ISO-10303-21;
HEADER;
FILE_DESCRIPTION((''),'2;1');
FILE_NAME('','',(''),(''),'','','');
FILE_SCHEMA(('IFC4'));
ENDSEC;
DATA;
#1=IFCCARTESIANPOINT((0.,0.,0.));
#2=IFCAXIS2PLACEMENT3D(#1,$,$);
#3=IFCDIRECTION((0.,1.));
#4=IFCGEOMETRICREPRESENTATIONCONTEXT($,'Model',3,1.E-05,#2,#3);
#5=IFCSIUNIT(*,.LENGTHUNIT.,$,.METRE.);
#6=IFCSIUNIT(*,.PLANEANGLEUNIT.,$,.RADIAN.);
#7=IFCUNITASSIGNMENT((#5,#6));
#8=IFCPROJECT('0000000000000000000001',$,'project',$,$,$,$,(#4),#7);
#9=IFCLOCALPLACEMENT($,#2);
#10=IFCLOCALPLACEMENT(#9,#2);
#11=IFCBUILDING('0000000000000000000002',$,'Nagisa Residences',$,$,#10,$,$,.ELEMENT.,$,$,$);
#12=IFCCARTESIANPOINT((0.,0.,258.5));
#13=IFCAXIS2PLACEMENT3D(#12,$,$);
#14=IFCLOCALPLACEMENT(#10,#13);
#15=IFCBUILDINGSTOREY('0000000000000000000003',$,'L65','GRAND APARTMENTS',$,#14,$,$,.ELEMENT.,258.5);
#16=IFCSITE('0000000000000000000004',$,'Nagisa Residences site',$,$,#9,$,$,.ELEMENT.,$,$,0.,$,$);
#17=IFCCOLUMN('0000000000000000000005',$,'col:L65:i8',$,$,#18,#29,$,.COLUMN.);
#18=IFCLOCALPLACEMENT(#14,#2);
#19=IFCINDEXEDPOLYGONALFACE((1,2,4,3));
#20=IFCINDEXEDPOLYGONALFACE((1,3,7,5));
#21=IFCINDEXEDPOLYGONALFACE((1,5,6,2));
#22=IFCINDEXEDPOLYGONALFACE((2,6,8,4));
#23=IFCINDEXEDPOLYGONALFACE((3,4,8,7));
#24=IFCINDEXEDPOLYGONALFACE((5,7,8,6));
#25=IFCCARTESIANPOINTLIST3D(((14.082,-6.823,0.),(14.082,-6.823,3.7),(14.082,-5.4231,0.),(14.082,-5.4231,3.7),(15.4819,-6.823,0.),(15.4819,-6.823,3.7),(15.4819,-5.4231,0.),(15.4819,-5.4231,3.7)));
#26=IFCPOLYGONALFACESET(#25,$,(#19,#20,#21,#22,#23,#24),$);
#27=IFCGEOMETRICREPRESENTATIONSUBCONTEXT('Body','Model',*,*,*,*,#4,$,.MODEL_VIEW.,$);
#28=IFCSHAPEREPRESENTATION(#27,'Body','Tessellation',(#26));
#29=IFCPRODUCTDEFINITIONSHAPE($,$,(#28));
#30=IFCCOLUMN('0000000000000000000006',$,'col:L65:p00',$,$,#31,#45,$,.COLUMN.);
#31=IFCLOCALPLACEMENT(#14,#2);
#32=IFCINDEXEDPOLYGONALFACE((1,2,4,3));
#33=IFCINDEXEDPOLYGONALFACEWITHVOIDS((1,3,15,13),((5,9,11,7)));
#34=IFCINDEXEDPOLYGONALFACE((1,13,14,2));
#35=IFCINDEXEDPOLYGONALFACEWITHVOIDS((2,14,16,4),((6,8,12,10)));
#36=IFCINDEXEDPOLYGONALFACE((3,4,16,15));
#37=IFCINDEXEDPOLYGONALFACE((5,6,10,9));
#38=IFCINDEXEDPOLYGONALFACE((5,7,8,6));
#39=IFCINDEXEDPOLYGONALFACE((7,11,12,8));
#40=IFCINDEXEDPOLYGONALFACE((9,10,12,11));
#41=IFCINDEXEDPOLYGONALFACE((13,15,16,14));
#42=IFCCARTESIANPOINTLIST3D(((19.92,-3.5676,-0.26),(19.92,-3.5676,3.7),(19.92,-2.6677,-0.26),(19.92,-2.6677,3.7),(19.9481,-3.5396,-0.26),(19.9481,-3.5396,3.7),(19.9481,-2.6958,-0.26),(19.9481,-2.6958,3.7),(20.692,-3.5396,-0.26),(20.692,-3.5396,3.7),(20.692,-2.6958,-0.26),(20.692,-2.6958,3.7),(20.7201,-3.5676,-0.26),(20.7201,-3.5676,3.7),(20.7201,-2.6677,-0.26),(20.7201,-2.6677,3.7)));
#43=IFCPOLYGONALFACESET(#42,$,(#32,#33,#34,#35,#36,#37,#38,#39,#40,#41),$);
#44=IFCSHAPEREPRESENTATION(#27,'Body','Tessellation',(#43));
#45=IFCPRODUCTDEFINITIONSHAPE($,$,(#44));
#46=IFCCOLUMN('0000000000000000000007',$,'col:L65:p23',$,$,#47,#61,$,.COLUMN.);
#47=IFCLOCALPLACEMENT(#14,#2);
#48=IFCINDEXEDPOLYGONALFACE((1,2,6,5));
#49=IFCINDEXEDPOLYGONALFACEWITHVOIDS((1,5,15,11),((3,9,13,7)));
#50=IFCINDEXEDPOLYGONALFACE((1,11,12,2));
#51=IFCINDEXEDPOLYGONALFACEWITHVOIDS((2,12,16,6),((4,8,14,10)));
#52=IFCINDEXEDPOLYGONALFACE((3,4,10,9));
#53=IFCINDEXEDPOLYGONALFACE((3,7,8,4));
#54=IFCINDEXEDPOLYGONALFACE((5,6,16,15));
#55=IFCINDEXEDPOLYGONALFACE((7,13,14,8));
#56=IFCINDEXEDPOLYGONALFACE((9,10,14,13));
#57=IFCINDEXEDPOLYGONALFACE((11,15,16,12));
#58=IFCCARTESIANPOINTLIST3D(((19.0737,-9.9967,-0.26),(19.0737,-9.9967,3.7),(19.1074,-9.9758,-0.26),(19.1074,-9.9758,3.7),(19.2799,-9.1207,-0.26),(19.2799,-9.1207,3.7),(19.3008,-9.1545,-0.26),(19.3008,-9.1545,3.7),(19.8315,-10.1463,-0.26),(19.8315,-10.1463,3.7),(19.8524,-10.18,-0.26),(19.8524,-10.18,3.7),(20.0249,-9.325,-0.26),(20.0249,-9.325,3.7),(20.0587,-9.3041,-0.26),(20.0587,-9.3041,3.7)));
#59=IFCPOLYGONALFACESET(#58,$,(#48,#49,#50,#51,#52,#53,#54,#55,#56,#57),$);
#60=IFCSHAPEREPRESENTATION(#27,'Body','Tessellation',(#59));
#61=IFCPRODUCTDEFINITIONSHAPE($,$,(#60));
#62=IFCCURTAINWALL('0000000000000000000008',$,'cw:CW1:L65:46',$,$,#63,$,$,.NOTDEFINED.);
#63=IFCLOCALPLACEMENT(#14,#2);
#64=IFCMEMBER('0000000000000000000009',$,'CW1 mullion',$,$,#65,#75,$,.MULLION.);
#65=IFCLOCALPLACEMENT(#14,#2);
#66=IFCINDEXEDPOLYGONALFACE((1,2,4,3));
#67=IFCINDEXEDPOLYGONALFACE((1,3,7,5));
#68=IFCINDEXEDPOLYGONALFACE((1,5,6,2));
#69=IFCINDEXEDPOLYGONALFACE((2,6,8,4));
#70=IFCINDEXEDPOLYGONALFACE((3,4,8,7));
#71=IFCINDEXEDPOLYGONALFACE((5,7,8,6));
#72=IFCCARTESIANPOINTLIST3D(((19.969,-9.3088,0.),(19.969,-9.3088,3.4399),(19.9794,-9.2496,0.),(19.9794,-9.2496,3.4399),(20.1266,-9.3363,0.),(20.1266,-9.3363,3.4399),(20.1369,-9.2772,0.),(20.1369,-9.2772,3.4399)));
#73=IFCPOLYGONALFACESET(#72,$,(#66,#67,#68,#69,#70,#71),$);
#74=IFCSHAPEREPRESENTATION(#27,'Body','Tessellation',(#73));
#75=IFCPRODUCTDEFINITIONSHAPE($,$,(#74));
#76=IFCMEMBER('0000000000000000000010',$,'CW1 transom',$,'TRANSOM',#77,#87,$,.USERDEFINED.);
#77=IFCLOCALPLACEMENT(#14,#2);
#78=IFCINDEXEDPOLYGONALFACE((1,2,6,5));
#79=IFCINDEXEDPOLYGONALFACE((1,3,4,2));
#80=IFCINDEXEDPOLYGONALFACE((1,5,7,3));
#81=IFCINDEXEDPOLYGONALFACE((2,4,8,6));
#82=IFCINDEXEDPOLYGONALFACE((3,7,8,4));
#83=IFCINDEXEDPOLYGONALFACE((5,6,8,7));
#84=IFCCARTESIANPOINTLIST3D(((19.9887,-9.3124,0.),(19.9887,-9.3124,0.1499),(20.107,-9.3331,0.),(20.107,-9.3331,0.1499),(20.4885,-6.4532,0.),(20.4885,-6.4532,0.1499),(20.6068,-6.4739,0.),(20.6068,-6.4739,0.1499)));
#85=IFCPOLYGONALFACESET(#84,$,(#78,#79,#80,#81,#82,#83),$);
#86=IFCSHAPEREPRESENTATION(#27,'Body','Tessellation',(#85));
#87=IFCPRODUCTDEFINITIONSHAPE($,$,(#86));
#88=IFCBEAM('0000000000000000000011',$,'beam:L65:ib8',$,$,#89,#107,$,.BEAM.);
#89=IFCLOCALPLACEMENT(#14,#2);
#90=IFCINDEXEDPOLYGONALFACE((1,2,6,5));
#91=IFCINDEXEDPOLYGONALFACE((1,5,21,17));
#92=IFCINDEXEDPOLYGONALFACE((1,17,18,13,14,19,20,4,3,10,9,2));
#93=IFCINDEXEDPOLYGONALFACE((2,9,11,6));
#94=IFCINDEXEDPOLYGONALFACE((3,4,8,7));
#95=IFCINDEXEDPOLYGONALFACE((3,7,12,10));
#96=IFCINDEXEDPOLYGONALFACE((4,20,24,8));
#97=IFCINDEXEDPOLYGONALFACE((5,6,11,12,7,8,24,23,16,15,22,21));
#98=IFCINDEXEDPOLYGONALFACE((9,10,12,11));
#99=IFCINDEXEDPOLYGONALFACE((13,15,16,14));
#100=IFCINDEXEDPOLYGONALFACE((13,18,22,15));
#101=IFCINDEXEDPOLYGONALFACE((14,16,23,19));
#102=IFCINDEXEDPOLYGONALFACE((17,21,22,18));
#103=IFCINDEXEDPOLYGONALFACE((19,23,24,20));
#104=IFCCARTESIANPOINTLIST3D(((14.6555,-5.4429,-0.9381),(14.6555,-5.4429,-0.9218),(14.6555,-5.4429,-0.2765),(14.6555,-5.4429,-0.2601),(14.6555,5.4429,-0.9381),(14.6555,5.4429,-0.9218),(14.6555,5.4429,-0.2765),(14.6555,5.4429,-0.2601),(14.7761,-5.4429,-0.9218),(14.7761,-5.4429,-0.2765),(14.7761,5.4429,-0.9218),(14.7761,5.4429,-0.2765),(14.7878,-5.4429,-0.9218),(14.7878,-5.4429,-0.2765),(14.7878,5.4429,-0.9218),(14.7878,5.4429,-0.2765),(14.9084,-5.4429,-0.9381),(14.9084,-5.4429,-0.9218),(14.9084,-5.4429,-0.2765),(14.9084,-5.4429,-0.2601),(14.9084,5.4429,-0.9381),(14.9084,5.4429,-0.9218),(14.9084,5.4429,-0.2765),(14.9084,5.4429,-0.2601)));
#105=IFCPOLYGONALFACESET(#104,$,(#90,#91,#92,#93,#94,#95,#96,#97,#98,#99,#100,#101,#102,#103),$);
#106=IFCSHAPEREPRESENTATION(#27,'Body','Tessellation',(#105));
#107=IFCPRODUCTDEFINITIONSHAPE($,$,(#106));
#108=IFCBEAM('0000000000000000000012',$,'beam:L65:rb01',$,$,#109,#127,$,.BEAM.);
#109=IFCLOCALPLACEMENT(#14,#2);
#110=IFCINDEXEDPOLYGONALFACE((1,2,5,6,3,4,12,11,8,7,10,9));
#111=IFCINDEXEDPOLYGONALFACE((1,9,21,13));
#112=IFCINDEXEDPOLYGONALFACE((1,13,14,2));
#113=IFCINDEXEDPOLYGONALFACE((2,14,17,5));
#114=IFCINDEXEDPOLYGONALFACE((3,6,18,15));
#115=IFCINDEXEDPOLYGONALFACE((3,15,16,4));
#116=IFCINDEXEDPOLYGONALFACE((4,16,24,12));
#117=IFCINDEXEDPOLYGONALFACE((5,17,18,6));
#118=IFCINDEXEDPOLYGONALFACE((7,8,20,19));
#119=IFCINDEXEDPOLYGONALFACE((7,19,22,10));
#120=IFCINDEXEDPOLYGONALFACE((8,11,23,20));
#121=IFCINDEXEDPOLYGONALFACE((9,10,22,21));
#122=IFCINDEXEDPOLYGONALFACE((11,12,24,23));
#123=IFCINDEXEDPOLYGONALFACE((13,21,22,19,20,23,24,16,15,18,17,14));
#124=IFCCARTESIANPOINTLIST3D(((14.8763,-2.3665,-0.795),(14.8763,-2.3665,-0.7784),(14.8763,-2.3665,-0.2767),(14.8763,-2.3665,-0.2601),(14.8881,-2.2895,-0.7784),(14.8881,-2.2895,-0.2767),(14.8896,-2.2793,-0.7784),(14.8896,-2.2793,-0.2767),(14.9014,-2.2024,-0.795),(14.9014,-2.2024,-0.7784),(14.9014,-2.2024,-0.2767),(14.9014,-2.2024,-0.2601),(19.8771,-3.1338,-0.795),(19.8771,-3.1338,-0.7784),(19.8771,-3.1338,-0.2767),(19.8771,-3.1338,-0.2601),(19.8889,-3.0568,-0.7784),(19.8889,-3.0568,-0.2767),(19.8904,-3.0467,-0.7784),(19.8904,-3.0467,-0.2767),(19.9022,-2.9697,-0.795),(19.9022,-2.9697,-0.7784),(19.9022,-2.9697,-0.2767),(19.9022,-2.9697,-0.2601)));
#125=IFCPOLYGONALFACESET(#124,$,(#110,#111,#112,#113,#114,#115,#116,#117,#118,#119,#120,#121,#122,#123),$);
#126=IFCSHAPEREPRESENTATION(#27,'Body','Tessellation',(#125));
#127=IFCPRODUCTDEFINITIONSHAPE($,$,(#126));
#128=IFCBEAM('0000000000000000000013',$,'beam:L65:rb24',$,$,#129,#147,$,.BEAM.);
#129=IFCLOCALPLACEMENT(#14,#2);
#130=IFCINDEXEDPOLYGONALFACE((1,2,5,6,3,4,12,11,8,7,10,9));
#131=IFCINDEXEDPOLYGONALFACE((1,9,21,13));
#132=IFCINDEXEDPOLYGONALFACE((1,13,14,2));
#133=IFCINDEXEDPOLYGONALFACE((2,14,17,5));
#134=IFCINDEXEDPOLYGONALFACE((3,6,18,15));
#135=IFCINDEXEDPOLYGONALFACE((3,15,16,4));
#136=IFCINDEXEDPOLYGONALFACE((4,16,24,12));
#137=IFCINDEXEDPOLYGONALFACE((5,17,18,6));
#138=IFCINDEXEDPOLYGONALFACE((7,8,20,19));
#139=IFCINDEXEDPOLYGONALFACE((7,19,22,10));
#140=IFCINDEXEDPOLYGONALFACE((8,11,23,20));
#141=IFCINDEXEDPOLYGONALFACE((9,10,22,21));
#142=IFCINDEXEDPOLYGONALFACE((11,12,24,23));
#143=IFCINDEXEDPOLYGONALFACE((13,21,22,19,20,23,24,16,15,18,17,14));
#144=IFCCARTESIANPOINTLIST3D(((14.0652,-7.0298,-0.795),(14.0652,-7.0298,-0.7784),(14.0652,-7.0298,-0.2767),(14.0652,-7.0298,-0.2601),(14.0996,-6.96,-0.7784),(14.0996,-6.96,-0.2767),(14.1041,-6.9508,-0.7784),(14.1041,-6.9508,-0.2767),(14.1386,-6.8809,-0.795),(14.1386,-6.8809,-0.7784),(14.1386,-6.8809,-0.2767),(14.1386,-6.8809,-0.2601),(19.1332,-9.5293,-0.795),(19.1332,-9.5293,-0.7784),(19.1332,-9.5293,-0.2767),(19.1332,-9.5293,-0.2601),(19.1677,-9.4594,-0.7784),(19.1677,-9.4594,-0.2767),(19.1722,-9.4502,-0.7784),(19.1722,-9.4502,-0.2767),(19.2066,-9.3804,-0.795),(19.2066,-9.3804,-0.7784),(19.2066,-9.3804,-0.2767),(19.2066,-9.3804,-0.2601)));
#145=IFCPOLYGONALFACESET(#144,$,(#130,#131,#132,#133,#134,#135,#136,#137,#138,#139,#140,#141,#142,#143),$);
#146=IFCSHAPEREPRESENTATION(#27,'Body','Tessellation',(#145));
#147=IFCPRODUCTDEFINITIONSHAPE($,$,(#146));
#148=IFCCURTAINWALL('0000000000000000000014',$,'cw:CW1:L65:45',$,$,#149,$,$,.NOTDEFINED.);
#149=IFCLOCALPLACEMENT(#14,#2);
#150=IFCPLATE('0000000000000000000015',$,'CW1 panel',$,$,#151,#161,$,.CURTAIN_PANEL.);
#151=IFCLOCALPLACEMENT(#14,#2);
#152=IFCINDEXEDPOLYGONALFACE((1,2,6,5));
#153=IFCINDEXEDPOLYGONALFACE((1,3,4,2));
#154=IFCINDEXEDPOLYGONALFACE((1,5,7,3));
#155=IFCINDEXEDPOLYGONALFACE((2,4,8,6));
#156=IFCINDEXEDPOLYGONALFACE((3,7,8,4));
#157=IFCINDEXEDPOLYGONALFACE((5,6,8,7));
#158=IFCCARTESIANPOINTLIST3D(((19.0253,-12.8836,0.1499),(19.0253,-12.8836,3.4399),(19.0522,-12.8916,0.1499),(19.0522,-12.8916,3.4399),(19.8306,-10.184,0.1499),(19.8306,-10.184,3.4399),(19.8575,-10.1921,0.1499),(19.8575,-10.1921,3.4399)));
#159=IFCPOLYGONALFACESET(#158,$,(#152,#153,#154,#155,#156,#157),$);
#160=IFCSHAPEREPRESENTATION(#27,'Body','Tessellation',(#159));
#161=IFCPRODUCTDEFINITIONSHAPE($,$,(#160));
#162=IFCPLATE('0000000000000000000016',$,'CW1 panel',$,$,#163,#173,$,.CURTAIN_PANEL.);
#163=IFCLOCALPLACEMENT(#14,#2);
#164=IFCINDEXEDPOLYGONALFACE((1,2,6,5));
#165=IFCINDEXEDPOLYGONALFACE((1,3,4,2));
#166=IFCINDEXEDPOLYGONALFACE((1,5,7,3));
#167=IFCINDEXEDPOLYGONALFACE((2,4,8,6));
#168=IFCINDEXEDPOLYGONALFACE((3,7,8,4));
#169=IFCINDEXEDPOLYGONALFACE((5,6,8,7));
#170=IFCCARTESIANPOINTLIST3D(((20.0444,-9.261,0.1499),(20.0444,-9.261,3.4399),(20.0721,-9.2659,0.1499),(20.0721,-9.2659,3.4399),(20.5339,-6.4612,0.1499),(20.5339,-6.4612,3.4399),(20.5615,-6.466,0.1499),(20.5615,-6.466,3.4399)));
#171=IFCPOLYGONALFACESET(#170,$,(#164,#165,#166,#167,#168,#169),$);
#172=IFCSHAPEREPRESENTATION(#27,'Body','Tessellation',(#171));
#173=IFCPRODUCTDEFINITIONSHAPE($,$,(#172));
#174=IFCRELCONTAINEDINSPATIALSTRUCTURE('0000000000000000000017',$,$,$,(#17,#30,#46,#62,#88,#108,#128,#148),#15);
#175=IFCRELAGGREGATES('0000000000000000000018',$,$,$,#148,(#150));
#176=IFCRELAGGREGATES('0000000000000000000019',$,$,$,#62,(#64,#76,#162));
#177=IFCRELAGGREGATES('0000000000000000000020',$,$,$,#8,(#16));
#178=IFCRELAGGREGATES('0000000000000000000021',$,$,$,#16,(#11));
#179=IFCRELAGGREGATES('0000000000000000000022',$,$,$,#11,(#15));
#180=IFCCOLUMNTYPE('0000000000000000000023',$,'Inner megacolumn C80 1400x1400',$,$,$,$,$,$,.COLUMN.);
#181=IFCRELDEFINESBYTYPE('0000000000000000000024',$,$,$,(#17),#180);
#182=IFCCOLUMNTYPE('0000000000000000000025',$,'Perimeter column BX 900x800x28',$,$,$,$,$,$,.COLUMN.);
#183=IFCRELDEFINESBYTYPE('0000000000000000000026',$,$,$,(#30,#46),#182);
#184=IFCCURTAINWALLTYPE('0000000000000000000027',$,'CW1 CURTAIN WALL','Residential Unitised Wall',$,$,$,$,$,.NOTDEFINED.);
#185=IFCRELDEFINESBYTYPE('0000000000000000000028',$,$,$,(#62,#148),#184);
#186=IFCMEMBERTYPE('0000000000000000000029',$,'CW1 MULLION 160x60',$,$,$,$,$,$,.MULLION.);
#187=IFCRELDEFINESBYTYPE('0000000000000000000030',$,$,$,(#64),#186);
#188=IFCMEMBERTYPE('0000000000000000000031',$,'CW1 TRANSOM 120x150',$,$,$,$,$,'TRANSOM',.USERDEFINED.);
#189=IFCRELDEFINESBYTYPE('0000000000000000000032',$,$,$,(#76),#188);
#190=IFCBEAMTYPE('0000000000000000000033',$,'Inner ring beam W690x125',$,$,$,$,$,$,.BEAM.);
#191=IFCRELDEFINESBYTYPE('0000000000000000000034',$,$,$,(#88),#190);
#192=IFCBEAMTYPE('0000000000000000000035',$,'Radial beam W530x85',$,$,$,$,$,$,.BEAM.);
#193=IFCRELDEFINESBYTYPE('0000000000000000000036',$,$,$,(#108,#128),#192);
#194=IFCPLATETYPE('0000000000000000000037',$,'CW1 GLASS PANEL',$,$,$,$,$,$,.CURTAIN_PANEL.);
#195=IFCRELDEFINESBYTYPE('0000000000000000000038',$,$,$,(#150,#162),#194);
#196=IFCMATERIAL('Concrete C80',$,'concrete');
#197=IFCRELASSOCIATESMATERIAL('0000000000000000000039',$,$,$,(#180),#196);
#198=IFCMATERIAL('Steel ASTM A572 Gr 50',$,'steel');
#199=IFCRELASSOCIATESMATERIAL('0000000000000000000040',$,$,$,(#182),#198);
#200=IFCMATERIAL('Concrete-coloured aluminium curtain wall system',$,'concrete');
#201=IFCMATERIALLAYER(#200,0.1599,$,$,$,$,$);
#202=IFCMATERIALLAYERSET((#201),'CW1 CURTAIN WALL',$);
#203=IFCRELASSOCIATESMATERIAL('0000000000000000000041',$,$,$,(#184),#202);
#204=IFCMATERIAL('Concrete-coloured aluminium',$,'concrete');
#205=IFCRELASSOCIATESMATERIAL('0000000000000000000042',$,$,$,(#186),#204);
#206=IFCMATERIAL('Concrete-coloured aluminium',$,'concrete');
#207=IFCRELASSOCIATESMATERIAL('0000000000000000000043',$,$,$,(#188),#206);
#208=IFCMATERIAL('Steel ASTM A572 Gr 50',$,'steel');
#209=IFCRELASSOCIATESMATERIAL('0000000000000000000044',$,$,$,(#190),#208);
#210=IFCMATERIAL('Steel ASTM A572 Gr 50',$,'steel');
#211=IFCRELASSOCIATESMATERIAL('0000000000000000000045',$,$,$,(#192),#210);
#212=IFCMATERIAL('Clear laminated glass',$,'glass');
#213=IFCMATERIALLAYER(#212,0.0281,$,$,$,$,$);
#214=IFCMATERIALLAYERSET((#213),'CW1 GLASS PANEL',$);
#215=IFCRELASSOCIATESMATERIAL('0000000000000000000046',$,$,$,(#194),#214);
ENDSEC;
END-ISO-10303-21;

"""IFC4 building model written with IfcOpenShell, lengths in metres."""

from ifc_helpers import new_model, si_unit, direction, frame, origin, origin_2d, place, context, subcontext, project, spatial, rectangle, hollow_rectangle, i_section, extrude, material, layer, layer_set, material_profile, profile_set, type_object, element, aggregate, save


model = new_model("IFC4")

# Units and contexts
model_context = context("Model", 3, precision=1e-05, world=origin(), true_north=direction((0.0, 1.0)))
body_context = subcontext(model_context, "Body", "Model", "MODEL_VIEW")
ifc_project = project(units=[si_unit("LENGTHUNIT", "METRE"), si_unit("PLANEANGLEUNIT", "RADIAN")], contexts=[model_context])

# Site, building, storey
site_placement = place(None, origin())
site = spatial("IfcSite", under=ifc_project, at=site_placement, Name="Nagisa Residences site", CompositionType="ELEMENT", RefElevation=0.0)
building_placement = place(site_placement, origin())
building = spatial("IfcBuilding", under=site, at=building_placement, Name="Nagisa Residences", CompositionType="ELEMENT")
storey_placement = place(building_placement, frame((0.0, 0.0, 258.5)))
storey = spatial("IfcBuildingStorey", under=building, at=storey_placement, Name="L65", Description="GRAND APARTMENTS", CompositionType="ELEMENT", Elevation=258.5)

# Columns
ifc_material_1 = material(Name="Concrete C80", Category="concrete")
ifc_material_profile_1 = material_profile(ifc_material_1, rectangle(XDim=1.3999, YDim=1.3999, at=origin_2d()), Name="C80 1400x1400")
ifc_profile_set_1 = profile_set([ifc_material_profile_1], Name="Concrete C80")
column_type_1 = type_object("IfcColumnType", Name="Inner megacolumn C80 1400x1400", PredefinedType="COLUMN", material=ifc_profile_set_1)
column_placement = place(storey_placement, frame((14.782, -6.123, 0.0), z_axis=(0.0, 0.0, 1.0), x_axis=(1.0, 0.0, 0.0)))
element("IfcColumn", 1, at=column_placement, inside=storey, type_object=column_type_1, Name="col:L65:i8", PredefinedType="COLUMN", context=body_context, shape_type="SweptSolid", body=[
    extrude(rectangle(XDim=1.3999, YDim=1.3999, at=origin_2d()), origin(), (0.0, 0.0, 1.0), 3.7),
])
ifc_material_2 = material(Name="Steel ASTM A572 Gr 50", Category="steel")
ifc_material_profile_2 = material_profile(ifc_material_2, hollow_rectangle(XDim=0.8999, YDim=0.8, WallThickness=0.0281, at=origin_2d()), Name="BX 900x800x28")
ifc_profile_set_2 = profile_set([ifc_material_profile_2], Name="Steel ASTM A572 Gr 50")
column_type_2 = type_object("IfcColumnType", Name="Perimeter column BX 900x800x28", PredefinedType="COLUMN", material=ifc_profile_set_2)
for number, where, z_axis, x_axis, name in (
    (2, (20.3201, -3.1177, -0.26), (0.0, 0.0, 1.0), (0.0, 1.0, 0.0), "col:L65:p00"),
    (3, (19.5662, -9.6504, -0.26), (0.0, 0.0, 1.0), (0.229202, 0.973379, 0.0), "col:L65:p23"),
):
    element("IfcColumn", number, at=place(storey_placement, frame(where, z_axis=z_axis, x_axis=x_axis)), inside=storey, type_object=column_type_2, Name=name, PredefinedType="COLUMN", context=body_context, shape_type="SweptSolid", body=[
        extrude(hollow_rectangle(XDim=0.8999, YDim=0.8, WallThickness=0.0281, at=origin_2d()), origin(), (0.0, 0.0, 1.0), 3.96),
    ])

# Curtain wall, members
ifc_material_3 = material(Name="Concrete-coloured aluminium curtain wall system", Category="concrete")
ifc_layer_1 = layer(ifc_material_3, 0.1599)
ifc_layer_set_1 = layer_set([ifc_layer_1], Name="CW1 CURTAIN WALL")
curtain_wall_type = type_object("IfcCurtainWallType", Name="CW1 CURTAIN WALL", Description="Residential Unitised Wall", PredefinedType="NOTDEFINED", material=ifc_layer_set_1)
curtain_wall_1_placement = place(storey_placement, origin())
curtain_wall_1 = element("IfcCurtainWall", 4, at=curtain_wall_1_placement, inside=storey, type_object=curtain_wall_type, Name="cw:CW1:L65:46", PredefinedType="NOTDEFINED")
ifc_material_4 = material(Name="Concrete-coloured aluminium", Category="concrete")
ifc_material_profile_3 = material_profile(ifc_material_4, rectangle(XDim=0.1599, YDim=0.0601, at=origin_2d()), Name="CW1 MULLION 160x60")
ifc_profile_set_3 = profile_set([ifc_material_profile_3], Name="Concrete-coloured aluminium")
member_type_1 = type_object("IfcMemberType", Name="CW1 MULLION 160x60", PredefinedType="MULLION", material=ifc_profile_set_3)
member_1_placement = place(storey_placement, frame((20.053, -9.293, 0.0), z_axis=(0.0, 0.0, 1.0), x_axis=(-0.985064, 0.172191, 0.0)))
member_1 = element("IfcMember", 5, at=member_1_placement, type_object=member_type_1, Name="CW1 mullion", PredefinedType="MULLION", context=body_context, shape_type="SweptSolid", body=[
    extrude(rectangle(XDim=0.1599, YDim=0.0601, at=origin_2d()), origin(), (0.0, 0.0, 1.0), 3.4399),
])
ifc_material_5 = material(Name="Concrete-coloured aluminium", Category="concrete")
ifc_material_profile_4 = material_profile(ifc_material_5, rectangle(XDim=0.1201, YDim=0.1499, at=origin_2d()), Name="CW1 TRANSOM 120x150")
ifc_profile_set_4 = profile_set([ifc_material_profile_4], Name="Concrete-coloured aluminium")
member_type_2 = type_object("IfcMemberType", Name="CW1 TRANSOM 120x150", ElementType="TRANSOM", PredefinedType="USERDEFINED", material=ifc_profile_set_4)
member_2_placement = place(storey_placement, frame((20.0479, -9.3228, 0.075), z_axis=(0.172182, 0.985065, 0.0), x_axis=(-0.985065, 0.172182, 0.0)))
member_2 = element("IfcMember", 6, at=member_2_placement, type_object=member_type_2, Name="CW1 transom", ObjectType="TRANSOM", PredefinedType="USERDEFINED", context=body_context, shape_type="SweptSolid", body=[
    extrude(rectangle(XDim=0.1201, YDim=0.1499, at=origin_2d()), origin(), (0.0, 0.0, 1.0), 2.9026),
])

# Beams
ifc_material_6 = material(Name="Steel ASTM A572 Gr 50", Category="steel")
ifc_material_profile_5 = material_profile(ifc_material_6, i_section(OverallWidth=0.2529, OverallDepth=0.678, WebThickness=0.0117, FlangeThickness=0.0164, at=origin_2d()), Name="W690x125")
ifc_profile_set_5 = profile_set([ifc_material_profile_5], Name="Steel ASTM A572 Gr 50")
beam_type_1 = type_object("IfcBeamType", Name="Inner ring beam W690x125", PredefinedType="BEAM", material=ifc_profile_set_5)
beam_1_placement = place(storey_placement, frame((14.782, -5.4429, -0.5991), z_axis=(0.0, 1.0, 0.0), x_axis=(-1.0, 0.0, 0.0)))
element("IfcBeam", 7, at=beam_1_placement, inside=storey, type_object=beam_type_1, Name="beam:L65:ib8", PredefinedType="BEAM", context=body_context, shape_type="SweptSolid", body=[
    extrude(i_section(OverallWidth=0.2529, OverallDepth=0.678, WebThickness=0.0117, FlangeThickness=0.0164, at=origin_2d()), origin(), (0.0, 0.0, 1.0), 10.8857),
])
ifc_material_7 = material(Name="Steel ASTM A572 Gr 50", Category="steel")
ifc_material_profile_6 = material_profile(ifc_material_7, i_section(OverallWidth=0.166, OverallDepth=0.5349, WebThickness=0.0103, FlangeThickness=0.0166, at=origin_2d()), Name="W530x85")
ifc_profile_set_6 = profile_set([ifc_material_profile_6], Name="Steel ASTM A572 Gr 50")
beam_type_2 = type_object("IfcBeamType", Name="Radial beam W530x85", PredefinedType="BEAM", material=ifc_profile_set_6)
beam_2_placement = place(storey_placement, frame((19.8896, -3.0518, -0.5276), z_axis=(-0.988431, 0.151669, 0.0), x_axis=(-0.151669, -0.988431, 0.0)))
element("IfcBeam", 8, at=beam_2_placement, inside=storey, type_object=beam_type_2, Name="beam:L65:rb01", PredefinedType="BEAM", context=body_context, shape_type="SweptSolid", body=[
    extrude(i_section(OverallWidth=0.166, OverallDepth=0.5349, WebThickness=0.0103, FlangeThickness=0.0166, at=origin_2d()), origin(), (0.0, 0.0, 1.0), 5.0593),
])
beam_3_placement = place(storey_placement, frame((19.1699, -9.4548, -0.5276), z_axis=(-0.896859, 0.442316, 0.0), x_axis=(-0.442316, -0.896859, 0.0)))
element("IfcBeam", 9, at=beam_3_placement, inside=storey, type_object=beam_type_2, Name="beam:L65:rb24", PredefinedType="BEAM", context=body_context, shape_type="SweptSolid", body=[
    extrude(i_section(OverallWidth=0.166, OverallDepth=0.5349, WebThickness=0.0103, FlangeThickness=0.0166, at=origin_2d()), origin(), (0.0, 0.0, 1.0), 5.6509),
])

# Curtain wall, plate
curtain_wall_2_placement = place(storey_placement, origin())
curtain_wall_2 = element("IfcCurtainWall", 10, at=curtain_wall_2_placement, inside=storey, type_object=curtain_wall_type, Name="cw:CW1:L65:45", PredefinedType="NOTDEFINED")
ifc_material_8 = material(Name="Clear laminated glass", Category="glass")
ifc_layer_2 = layer(ifc_material_8, 0.0281)
ifc_layer_set_2 = layer_set([ifc_layer_2], Name="CW1 GLASS PANEL")
plate_type = type_object("IfcPlateType", Name="CW1 GLASS PANEL", PredefinedType="CURTAIN_PANEL", material=ifc_layer_set_2)
plate_1_placement = place(storey_placement, frame((19.4414, -11.5378, 0.1499), z_axis=(0.0, 0.0, 1.0), x_axis=(0.28586, 0.958271, 0.0)))
plate_1 = element("IfcPlate", 11, at=plate_1_placement, type_object=plate_type, Name="CW1 panel", PredefinedType="CURTAIN_PANEL", context=body_context, shape_type="SweptSolid", body=[
    extrude(rectangle(XDim=2.8171, YDim=0.0281, at=origin_2d()), origin(), (0.0, 0.0, 1.0), 3.29),
])
aggregate(curtain_wall_2, [plate_1])

# Plate
plate_2_placement = place(storey_placement, frame((20.303, -7.8635, 0.1499), z_axis=(0.0, 0.0, 1.0), x_axis=(0.172191, 0.985064, 0.0)))
plate_2 = element("IfcPlate", 12, at=plate_2_placement, type_object=plate_type, Name="CW1 panel", PredefinedType="CURTAIN_PANEL", context=body_context, shape_type="SweptSolid", body=[
    extrude(rectangle(XDim=2.8423, YDim=0.0281, at=origin_2d()), origin(), (0.0, 0.0, 1.0), 3.29),
])
aggregate(curtain_wall_1, [member_1, member_2, plate_2])

save(model, "model.ifc")
